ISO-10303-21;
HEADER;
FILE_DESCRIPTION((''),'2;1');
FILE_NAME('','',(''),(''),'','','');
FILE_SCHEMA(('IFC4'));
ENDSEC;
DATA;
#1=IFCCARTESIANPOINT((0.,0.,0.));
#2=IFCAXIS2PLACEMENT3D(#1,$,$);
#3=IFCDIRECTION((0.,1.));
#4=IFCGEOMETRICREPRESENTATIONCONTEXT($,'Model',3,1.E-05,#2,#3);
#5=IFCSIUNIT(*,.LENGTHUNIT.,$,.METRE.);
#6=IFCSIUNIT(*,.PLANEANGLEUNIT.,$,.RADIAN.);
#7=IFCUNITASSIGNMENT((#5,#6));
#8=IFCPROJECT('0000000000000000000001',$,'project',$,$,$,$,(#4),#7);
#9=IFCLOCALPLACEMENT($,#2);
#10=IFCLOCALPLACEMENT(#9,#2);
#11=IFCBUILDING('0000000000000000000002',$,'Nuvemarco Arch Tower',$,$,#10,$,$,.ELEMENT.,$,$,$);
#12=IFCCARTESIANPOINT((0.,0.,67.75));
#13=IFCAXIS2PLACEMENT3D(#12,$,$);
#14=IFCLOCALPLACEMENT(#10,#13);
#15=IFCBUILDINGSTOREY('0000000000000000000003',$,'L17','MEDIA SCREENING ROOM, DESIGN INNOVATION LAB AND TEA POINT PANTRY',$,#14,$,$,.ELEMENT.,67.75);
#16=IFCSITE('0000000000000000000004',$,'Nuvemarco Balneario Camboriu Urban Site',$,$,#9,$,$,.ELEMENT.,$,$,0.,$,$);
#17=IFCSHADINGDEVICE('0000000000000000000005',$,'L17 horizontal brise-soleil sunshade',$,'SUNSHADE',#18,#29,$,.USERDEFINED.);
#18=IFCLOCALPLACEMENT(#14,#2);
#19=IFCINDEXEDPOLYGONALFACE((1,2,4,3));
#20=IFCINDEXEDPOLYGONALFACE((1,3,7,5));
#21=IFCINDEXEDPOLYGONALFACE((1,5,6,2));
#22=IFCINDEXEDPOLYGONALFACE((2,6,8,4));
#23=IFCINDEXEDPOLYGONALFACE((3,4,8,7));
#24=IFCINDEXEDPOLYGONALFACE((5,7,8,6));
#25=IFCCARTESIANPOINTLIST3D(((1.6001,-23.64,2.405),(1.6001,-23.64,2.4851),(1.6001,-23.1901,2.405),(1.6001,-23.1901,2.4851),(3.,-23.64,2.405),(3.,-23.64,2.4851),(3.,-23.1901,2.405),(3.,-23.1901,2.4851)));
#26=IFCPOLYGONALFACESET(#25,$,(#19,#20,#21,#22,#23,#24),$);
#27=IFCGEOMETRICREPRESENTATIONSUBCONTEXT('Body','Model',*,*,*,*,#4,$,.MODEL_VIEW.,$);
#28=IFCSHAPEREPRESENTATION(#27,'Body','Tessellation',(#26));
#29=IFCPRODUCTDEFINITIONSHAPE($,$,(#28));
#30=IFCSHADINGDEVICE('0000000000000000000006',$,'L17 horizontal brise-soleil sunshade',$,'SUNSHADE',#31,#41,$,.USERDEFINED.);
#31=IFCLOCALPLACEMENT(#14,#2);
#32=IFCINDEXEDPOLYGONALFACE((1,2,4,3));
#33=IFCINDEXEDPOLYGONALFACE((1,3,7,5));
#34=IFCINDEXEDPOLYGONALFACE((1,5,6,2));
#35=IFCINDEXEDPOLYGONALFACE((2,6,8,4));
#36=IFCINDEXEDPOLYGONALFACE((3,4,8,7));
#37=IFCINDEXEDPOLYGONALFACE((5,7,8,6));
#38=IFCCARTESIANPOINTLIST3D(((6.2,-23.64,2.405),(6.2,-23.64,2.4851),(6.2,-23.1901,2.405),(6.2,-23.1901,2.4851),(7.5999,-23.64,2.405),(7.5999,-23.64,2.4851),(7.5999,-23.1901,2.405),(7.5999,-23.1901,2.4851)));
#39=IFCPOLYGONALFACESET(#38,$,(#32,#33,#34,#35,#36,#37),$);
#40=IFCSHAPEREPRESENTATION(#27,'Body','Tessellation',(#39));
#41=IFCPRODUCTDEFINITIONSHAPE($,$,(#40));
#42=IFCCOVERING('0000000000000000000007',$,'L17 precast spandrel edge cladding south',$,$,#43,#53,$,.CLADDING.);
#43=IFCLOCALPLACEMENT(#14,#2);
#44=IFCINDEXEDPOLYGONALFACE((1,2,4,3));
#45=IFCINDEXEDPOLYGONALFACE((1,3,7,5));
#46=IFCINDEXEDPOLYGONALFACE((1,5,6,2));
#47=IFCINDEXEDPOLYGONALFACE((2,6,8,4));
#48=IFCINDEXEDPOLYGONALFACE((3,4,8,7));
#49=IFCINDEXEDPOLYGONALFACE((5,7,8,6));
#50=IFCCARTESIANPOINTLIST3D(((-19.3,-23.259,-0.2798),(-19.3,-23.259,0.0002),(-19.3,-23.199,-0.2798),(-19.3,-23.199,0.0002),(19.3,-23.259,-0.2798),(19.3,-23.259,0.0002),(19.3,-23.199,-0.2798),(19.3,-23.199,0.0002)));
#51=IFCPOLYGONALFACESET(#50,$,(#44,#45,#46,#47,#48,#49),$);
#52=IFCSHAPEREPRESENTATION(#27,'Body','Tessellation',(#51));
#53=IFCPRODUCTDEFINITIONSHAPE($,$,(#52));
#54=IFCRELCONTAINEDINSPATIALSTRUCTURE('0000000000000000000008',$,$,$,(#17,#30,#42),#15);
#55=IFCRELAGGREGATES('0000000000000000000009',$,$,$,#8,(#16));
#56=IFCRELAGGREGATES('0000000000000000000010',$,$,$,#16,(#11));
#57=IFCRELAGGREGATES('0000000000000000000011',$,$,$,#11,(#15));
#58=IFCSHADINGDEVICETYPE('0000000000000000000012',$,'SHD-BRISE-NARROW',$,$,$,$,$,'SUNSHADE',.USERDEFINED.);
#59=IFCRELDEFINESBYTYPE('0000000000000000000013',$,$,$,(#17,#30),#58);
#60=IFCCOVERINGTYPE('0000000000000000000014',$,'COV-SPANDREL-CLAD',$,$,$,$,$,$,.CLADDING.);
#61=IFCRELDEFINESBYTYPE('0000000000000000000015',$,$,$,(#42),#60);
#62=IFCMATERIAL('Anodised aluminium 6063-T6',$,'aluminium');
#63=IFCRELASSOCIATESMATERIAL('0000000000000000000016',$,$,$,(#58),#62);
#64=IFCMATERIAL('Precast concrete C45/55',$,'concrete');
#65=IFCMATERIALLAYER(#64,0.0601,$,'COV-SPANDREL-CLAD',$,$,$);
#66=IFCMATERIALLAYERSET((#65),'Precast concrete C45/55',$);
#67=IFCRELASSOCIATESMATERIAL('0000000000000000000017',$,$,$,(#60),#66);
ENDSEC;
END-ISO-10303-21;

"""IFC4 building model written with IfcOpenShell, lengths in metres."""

from ifc_helpers import new_model, si_unit, direction, frame, origin, origin_2d, place, context, subcontext, project, spatial, rectangle, extrude, source, transform, mapped, material, layer, layer_set, type_object, type_shapes, element, save


model = new_model("IFC4")

# Units and contexts
model_context = context("Model", 3, precision=1e-05, world=origin(), true_north=direction((0.0, 1.0)))
body_context = subcontext(model_context, "Body", "Model", "MODEL_VIEW")
ifc_project = project(units=[si_unit("LENGTHUNIT", "METRE"), si_unit("PLANEANGLEUNIT", "RADIAN")], contexts=[model_context])

# Site, building, storey
site_placement = place(None, origin())
site = spatial("IfcSite", under=ifc_project, at=site_placement, Name="Nuvemarco Balneario Camboriu Urban Site", CompositionType="ELEMENT", RefElevation=0.0)
building_placement = place(site_placement, origin())
building = spatial("IfcBuilding", under=site, at=building_placement, Name="Nuvemarco Arch Tower", CompositionType="ELEMENT")
storey_placement = place(building_placement, frame((0.0, 0.0, 67.75)))
storey = spatial("IfcBuildingStorey", under=building, at=storey_placement, Name="L17", Description="MEDIA SCREENING ROOM, DESIGN INNOVATION LAB AND TEA POINT PANTRY", CompositionType="ELEMENT", Elevation=67.75)

# Shared definitions
ifc_material_1 = material(Name="Precast concrete C45/55", Category="concrete")

# Shading devices
ifc_material_2 = material(Name="Anodised aluminium 6063-T6", Category="aluminium")
shading_device_type = type_object("IfcShadingDeviceType", Name="SHD-BRISE-NARROW", ElementType="SUNSHADE", PredefinedType="USERDEFINED", material=ifc_material_2)
shared_shape_1 = source(origin(), body_context, "Body", "SweptSolid", [
    extrude(rectangle(XDim=1.3999, YDim=0.45, at=origin_2d()), origin(), (0.0, 0.0, 1.0), 0.0801),
])
type_shapes(shading_device_type, [shared_shape_1])
for number, where, z_axis, x_axis, name in (
    (1, (2.3, -23.415, 2.405), (0.0, 0.0, 1.0), (1.0, 0.0, 0.0), "L17 horizontal brise-soleil sunshade"),
    (2, (6.8999, -23.415, 2.405), (0.0, 0.0, 1.0), (1.0, 0.0, 0.0), "L17 horizontal brise-soleil sunshade"),
):
    element("IfcShadingDevice", number, at=place(storey_placement, frame(where, z_axis=z_axis, x_axis=x_axis)), inside=storey, type_object=shading_device_type, Name=name, ObjectType="SUNSHADE", PredefinedType="USERDEFINED", context=body_context, shape_type="MappedRepresentation", body=[
        mapped(shared_shape_1, transform((0.0, 0.0, 0.0), scale=1.0)),
    ])

# Covering
ifc_layer_1 = layer(ifc_material_1, 0.0601, Name="COV-SPANDREL-CLAD")
ifc_layer_set_1 = layer_set([ifc_layer_1], Name="Precast concrete C45/55")
covering_type = type_object("IfcCoveringType", Name="COV-SPANDREL-CLAD", PredefinedType="CLADDING", material=ifc_layer_set_1)
shared_shape_2 = source(origin(), body_context, "Body", "SweptSolid", [
    extrude(rectangle(XDim=38.6001, YDim=0.0601, at=origin_2d()), origin(), (0.0, 0.0, 1.0), 0.28),
])
type_shapes(covering_type, [shared_shape_2])
covering_placement = place(storey_placement, frame((0.0, -23.229, -0.2798), z_axis=(0.0, 0.0, 1.0), x_axis=(1.0, 0.0, 0.0)))
element("IfcCovering", 3, at=covering_placement, inside=storey, type_object=covering_type, Name="L17 precast spandrel edge cladding south", PredefinedType="CLADDING", context=body_context, shape_type="MappedRepresentation", body=[
    mapped(shared_shape_2, transform((0.0, 0.0, 0.0), scale=1.0)),
])

save(model, "model.ifc")
